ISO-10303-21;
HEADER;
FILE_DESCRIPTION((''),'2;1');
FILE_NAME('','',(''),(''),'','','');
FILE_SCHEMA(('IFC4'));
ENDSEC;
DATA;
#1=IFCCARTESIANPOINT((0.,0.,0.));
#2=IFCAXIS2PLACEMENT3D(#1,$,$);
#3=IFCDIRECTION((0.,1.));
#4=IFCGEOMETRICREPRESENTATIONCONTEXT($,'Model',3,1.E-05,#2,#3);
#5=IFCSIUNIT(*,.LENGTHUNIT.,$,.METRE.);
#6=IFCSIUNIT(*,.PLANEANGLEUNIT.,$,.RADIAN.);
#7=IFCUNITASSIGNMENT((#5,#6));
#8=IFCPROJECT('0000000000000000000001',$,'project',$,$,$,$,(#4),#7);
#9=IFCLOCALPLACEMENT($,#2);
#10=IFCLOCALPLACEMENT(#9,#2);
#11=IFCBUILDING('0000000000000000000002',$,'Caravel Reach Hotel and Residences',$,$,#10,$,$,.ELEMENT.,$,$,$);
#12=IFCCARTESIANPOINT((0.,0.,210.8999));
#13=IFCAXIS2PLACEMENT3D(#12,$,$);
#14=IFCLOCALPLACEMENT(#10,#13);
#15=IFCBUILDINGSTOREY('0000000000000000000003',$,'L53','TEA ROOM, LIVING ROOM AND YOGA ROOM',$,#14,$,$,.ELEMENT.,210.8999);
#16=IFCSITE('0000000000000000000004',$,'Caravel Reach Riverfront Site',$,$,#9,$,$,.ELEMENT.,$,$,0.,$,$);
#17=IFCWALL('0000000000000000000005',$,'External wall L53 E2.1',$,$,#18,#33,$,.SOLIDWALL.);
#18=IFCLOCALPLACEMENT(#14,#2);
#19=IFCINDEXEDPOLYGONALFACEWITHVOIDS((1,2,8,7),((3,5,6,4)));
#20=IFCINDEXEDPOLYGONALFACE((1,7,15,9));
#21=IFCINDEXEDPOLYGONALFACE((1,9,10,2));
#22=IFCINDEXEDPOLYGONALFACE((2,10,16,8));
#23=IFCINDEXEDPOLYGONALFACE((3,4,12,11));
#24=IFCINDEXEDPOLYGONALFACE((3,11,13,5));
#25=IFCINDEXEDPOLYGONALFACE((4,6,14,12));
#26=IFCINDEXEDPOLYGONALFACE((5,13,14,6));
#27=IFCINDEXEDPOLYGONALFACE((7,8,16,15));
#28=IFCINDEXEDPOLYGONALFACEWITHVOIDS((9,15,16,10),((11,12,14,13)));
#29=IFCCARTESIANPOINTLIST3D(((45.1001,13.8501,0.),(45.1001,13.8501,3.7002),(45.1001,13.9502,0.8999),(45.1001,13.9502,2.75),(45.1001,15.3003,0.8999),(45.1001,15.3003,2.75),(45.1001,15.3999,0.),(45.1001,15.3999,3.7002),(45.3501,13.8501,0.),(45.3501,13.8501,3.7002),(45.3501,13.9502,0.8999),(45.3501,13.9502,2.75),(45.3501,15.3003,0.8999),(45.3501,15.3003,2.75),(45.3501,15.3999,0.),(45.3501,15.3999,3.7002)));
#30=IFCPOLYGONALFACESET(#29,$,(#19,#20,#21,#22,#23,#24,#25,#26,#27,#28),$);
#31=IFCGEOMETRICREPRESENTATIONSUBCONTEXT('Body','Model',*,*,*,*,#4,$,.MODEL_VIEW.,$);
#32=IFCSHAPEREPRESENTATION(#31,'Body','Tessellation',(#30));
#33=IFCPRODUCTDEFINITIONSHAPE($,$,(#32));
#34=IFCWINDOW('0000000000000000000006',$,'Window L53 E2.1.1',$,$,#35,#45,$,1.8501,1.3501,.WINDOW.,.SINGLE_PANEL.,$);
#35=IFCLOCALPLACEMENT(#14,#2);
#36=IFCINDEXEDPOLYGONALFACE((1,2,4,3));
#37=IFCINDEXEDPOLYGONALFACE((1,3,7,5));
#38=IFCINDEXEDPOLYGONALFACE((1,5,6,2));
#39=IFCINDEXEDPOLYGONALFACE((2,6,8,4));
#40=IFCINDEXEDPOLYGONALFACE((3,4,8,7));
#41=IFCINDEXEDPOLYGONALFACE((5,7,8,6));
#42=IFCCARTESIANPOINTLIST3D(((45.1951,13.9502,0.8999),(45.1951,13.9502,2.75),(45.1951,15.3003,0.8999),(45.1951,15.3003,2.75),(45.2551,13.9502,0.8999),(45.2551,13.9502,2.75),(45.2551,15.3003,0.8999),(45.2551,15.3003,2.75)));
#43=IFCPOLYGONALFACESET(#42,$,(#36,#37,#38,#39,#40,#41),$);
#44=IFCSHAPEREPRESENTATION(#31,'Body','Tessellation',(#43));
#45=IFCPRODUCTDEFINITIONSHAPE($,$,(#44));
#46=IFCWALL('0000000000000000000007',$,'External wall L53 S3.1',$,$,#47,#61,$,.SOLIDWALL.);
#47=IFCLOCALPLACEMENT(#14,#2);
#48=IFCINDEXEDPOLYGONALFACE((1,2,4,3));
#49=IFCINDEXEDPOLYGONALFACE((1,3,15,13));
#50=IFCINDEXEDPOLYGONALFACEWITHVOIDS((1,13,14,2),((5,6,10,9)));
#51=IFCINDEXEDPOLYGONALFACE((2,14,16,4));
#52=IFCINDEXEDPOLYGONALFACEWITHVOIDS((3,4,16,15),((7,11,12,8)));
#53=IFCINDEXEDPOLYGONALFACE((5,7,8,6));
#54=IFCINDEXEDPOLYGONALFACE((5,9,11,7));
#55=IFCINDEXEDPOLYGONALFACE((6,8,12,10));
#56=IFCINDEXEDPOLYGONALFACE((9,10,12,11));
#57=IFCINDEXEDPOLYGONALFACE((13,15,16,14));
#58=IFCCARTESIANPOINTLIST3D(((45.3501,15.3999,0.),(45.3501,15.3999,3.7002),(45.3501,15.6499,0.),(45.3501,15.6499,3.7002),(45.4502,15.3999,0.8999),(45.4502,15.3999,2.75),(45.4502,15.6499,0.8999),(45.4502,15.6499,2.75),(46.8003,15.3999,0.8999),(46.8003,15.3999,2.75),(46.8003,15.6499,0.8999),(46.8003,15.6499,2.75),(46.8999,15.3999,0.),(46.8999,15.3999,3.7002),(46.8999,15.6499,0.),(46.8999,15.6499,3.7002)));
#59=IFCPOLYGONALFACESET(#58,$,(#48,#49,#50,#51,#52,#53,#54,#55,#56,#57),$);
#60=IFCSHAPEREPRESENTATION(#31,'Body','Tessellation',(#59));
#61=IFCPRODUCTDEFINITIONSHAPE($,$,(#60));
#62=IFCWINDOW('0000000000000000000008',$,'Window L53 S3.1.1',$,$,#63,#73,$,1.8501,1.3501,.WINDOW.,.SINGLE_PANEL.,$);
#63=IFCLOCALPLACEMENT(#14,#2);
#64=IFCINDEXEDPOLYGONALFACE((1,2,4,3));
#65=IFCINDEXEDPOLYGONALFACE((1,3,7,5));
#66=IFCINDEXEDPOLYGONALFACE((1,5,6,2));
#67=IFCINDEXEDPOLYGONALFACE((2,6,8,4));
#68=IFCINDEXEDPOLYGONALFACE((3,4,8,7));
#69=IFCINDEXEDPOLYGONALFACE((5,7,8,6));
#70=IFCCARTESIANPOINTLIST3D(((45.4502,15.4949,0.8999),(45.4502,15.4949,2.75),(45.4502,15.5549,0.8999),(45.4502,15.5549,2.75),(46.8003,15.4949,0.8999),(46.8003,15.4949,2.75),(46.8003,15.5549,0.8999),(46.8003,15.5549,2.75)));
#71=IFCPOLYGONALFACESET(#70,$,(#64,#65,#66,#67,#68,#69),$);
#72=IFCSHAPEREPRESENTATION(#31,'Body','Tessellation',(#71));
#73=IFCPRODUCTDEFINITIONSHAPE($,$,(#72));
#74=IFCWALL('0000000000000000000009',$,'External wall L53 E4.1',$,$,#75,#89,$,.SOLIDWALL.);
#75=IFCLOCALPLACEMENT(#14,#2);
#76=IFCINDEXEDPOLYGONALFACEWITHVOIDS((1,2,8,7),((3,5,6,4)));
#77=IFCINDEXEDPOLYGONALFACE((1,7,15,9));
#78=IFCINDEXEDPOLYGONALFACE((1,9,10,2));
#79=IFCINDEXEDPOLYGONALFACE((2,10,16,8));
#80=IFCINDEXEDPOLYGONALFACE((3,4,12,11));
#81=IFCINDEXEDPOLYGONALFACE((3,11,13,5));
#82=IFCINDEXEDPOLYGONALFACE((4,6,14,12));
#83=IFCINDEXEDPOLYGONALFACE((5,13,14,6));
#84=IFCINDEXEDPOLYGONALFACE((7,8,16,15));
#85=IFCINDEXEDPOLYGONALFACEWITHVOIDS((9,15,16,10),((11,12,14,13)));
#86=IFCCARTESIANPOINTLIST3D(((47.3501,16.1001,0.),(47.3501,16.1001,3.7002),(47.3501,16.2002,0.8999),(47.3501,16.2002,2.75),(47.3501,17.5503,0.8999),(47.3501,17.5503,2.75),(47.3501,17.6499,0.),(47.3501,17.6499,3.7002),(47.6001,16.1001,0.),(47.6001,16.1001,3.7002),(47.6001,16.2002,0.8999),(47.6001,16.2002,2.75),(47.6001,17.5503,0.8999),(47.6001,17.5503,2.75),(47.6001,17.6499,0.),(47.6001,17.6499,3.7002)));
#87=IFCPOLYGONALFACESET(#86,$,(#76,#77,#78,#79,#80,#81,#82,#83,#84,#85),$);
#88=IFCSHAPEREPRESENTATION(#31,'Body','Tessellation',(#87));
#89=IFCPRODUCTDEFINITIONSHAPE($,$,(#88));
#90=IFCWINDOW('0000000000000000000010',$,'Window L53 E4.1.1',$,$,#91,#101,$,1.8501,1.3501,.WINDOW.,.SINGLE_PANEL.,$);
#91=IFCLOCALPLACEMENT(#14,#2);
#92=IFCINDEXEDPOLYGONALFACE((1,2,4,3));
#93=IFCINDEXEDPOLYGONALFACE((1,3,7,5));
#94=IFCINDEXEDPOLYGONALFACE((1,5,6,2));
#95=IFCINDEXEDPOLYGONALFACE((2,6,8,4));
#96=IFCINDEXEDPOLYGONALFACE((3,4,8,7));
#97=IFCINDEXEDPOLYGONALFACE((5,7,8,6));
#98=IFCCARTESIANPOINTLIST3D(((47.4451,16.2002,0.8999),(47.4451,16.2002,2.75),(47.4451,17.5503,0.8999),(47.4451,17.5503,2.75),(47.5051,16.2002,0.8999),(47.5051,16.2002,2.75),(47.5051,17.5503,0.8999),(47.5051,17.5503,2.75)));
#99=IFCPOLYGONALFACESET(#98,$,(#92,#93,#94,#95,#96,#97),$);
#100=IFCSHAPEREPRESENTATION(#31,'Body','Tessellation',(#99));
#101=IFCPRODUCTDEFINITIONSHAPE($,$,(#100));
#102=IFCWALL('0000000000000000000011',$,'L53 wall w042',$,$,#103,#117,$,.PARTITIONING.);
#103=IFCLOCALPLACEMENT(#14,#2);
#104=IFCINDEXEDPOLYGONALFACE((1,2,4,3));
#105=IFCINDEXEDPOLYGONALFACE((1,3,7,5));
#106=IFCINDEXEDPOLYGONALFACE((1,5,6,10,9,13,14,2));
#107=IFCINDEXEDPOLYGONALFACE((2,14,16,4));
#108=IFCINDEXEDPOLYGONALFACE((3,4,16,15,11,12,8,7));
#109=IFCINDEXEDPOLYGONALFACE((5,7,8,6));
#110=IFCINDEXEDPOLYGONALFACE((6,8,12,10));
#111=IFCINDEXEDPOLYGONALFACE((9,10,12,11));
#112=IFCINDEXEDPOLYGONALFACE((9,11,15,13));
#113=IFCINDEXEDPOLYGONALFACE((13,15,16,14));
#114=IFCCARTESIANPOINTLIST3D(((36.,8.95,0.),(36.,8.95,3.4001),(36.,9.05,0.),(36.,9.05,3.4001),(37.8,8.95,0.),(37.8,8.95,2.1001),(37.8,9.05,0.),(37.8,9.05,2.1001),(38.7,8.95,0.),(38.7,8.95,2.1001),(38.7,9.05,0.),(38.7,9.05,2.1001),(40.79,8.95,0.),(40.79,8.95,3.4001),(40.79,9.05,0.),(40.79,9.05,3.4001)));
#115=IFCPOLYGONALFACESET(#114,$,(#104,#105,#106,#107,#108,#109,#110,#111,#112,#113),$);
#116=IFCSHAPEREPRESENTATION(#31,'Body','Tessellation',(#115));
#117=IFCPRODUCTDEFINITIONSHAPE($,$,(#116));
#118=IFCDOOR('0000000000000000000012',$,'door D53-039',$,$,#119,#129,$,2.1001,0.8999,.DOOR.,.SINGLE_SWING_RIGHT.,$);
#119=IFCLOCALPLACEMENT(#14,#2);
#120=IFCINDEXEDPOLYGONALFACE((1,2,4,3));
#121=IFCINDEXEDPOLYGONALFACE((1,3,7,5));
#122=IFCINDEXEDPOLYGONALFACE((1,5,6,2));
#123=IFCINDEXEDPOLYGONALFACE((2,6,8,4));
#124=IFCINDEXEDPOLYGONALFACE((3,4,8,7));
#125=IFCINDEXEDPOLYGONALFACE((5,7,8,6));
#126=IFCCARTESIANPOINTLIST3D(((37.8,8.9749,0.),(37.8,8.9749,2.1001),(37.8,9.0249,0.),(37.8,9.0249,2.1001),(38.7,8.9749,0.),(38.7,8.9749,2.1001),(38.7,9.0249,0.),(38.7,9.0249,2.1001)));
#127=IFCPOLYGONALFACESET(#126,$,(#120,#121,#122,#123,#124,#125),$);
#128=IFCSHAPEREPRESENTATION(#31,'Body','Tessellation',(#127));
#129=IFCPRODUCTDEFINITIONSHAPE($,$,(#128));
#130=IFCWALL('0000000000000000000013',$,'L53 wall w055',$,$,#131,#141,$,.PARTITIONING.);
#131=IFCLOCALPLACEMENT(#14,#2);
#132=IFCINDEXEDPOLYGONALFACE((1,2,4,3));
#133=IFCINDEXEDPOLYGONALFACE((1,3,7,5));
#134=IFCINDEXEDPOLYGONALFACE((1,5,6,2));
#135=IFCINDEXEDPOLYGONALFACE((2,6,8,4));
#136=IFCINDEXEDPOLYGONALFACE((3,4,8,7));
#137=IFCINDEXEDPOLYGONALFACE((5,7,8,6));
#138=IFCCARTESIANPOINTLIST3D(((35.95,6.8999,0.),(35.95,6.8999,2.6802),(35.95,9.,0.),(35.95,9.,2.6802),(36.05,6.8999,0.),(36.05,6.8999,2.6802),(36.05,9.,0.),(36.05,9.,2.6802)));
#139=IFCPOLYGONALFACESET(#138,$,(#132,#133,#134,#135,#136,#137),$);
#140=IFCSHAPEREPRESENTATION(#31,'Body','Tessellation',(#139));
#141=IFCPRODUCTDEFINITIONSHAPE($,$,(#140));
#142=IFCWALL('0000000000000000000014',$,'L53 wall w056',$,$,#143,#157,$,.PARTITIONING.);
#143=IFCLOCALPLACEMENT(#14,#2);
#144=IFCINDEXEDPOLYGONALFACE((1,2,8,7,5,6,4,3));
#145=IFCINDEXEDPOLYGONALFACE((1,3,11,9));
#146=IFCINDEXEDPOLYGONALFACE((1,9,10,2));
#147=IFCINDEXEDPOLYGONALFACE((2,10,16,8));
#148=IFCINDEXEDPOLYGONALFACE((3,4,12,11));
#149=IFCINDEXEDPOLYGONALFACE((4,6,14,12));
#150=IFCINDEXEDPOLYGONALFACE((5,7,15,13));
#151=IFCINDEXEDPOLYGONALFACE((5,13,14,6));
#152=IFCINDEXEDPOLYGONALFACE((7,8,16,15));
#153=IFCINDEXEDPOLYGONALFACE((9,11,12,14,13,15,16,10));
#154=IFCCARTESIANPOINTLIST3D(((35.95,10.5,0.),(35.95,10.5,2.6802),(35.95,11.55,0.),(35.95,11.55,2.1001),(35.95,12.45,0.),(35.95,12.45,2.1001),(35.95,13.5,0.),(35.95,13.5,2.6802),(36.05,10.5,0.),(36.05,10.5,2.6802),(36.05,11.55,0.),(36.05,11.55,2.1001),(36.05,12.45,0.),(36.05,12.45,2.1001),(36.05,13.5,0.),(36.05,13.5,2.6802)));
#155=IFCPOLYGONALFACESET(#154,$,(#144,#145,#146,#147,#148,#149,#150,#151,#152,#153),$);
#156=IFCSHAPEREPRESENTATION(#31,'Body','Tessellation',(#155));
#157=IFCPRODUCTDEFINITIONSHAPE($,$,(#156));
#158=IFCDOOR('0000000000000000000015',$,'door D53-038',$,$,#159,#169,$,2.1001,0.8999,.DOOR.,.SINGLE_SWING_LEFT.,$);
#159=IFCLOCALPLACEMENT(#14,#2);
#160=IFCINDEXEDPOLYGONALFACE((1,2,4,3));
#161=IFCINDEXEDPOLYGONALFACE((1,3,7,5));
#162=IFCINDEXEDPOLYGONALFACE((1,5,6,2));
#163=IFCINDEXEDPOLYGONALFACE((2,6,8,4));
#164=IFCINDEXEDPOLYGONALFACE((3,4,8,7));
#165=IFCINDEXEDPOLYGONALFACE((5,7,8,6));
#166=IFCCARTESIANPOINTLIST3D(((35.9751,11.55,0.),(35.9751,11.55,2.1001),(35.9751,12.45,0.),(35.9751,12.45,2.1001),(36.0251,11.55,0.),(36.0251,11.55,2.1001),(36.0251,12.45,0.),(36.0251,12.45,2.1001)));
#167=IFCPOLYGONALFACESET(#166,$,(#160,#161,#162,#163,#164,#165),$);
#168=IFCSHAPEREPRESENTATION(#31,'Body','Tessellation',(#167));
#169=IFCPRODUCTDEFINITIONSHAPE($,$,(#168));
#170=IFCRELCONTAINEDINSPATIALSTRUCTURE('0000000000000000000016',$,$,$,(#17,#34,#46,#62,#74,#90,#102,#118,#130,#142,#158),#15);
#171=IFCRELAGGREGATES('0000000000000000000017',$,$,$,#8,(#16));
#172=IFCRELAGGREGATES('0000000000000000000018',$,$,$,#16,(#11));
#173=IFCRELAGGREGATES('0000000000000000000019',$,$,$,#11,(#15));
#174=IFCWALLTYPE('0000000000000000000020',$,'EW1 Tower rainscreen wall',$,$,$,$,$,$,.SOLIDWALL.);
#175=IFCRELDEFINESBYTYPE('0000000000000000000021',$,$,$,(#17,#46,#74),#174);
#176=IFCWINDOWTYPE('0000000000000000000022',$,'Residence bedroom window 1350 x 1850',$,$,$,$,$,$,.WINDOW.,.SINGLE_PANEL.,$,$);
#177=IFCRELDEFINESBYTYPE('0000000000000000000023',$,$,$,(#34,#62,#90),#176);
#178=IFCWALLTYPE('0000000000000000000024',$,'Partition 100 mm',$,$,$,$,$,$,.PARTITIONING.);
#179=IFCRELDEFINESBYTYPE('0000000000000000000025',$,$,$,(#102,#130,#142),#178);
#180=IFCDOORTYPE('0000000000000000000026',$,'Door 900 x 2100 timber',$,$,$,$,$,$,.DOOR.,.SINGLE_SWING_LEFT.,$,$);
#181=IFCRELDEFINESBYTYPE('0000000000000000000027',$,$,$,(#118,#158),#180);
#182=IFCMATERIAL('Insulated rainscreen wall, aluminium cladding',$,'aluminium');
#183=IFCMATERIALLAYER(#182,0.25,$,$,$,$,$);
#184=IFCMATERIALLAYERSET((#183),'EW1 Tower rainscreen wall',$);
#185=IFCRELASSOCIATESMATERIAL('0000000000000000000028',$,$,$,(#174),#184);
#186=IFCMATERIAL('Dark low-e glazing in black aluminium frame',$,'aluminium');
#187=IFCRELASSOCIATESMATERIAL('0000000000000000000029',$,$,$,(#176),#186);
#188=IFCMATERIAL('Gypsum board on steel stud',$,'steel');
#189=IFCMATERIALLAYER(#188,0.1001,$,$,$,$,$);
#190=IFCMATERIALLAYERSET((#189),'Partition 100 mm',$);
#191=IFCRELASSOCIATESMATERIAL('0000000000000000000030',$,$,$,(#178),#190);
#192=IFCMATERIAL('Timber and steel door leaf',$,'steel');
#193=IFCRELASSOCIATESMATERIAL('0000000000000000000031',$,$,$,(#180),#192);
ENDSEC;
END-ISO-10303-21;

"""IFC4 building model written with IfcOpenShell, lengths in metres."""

from ifc_helpers import new_model, si_unit, direction, frame, frame_2d, origin, place, context, subcontext, project, spatial, rectangle, extrude, material, layer, layer_set, type_object, element, fill, save


model = new_model("IFC4")

# Units and contexts
model_context = context("Model", 3, precision=1e-05, world=origin(), true_north=direction((0.0, 1.0)))
body_context = subcontext(model_context, "Body", "Model", "MODEL_VIEW")
ifc_project = project(units=[si_unit("LENGTHUNIT", "METRE"), si_unit("PLANEANGLEUNIT", "RADIAN")], contexts=[model_context])

# Site, building, storey
site_placement = place(None, origin())
site = spatial("IfcSite", under=ifc_project, at=site_placement, Name="Caravel Reach Riverfront Site", CompositionType="ELEMENT", RefElevation=0.0)
building_placement = place(site_placement, origin())
building = spatial("IfcBuilding", under=site, at=building_placement, Name="Caravel Reach Hotel and Residences", CompositionType="ELEMENT")
storey_placement = place(building_placement, frame((0.0, 0.0, 210.8999)))
storey = spatial("IfcBuildingStorey", under=building, at=storey_placement, Name="L53", Description="TEA ROOM, LIVING ROOM AND YOGA ROOM", CompositionType="ELEMENT", Elevation=210.8999)

# Walls, openings, windows
ifc_material_1 = material(Name="Insulated rainscreen wall, aluminium cladding", Category="aluminium")
ifc_layer_1 = layer(ifc_material_1, 0.25)
ifc_layer_set_1 = layer_set([ifc_layer_1], Name="EW1 Tower rainscreen wall")
wall_type_1 = type_object("IfcWallType", Name="EW1 Tower rainscreen wall", PredefinedType="SOLIDWALL", material=ifc_layer_set_1)
wall_1_placement = place(storey_placement, frame((45.2251, 13.8501, 0.0), z_axis=(0.0, 0.0, 1.0), x_axis=(0.0, 1.0, 0.0)))
wall_1 = element("IfcWall", 1, at=wall_1_placement, inside=storey, type_object=wall_type_1, Name="External wall L53 E2.1", PredefinedType="SOLIDWALL", context=body_context, shape_type="SweptSolid", body=[
    extrude(rectangle(XDim=1.5498, YDim=0.25, at=frame_2d((0.7749, 0.0))), origin(), (0.0, 0.0, 1.0), 3.7002),
])
opening_1_placement = place(wall_1_placement, frame((0.1001, 0.0, 0.8999)))
opening_1 = element("IfcOpeningElement", 2, at=opening_1_placement, cuts=wall_1, PredefinedType="OPENING", context=body_context, shape_type="SweptSolid", body=[
    extrude(rectangle(XDim=1.3501, YDim=1.8501, at=frame_2d((0.675, 0.925))), frame((0.0, 0.135, 0.0), z_axis=(0.0, -1.0, 0.0), x_axis=(1.0, 0.0, 0.0)), (0.0, 0.0, 1.0), 0.27),
])
ifc_material_2 = material(Name="Dark low-e glazing in black aluminium frame", Category="aluminium")
window_type_1 = type_object("IfcWindowType", Name="Residence bedroom window 1350 x 1850", PartitioningType="SINGLE_PANEL", PredefinedType="WINDOW", material=ifc_material_2)
window_1_placement = place(opening_1_placement, origin())
window_1 = element("IfcWindow", 3, at=window_1_placement, inside=storey, type_object=window_type_1, Name="Window L53 E2.1.1", OverallHeight=1.8501, OverallWidth=1.3501, PartitioningType="SINGLE_PANEL", PredefinedType="WINDOW", context=body_context, shape_type="SweptSolid", body=[
    extrude(rectangle(XDim=1.3501, YDim=1.8501, at=frame_2d((0.675, 0.925))), frame((0.0, 0.03, 0.0), z_axis=(0.0, -1.0, 0.0), x_axis=(1.0, 0.0, 0.0)), (0.0, 0.0, 1.0), 0.0601),
])
fill(opening_1, window_1)
wall_2_placement = place(storey_placement, frame((45.3501, 15.5249, 0.0), z_axis=(0.0, 0.0, 1.0), x_axis=(1.0, 0.0, 0.0)))
wall_2 = element("IfcWall", 4, at=wall_2_placement, inside=storey, type_object=wall_type_1, Name="External wall L53 S3.1", PredefinedType="SOLIDWALL", context=body_context, shape_type="SweptSolid", body=[
    extrude(rectangle(XDim=1.5498, YDim=0.25, at=frame_2d((0.7749, 0.0))), origin(), (0.0, 0.0, 1.0), 3.7002),
])
opening_2_placement = place(wall_2_placement, frame((0.1001, 0.0, 0.8999)))
opening_2 = element("IfcOpeningElement", 5, at=opening_2_placement, cuts=wall_2, PredefinedType="OPENING", context=body_context, shape_type="SweptSolid", body=[
    extrude(rectangle(XDim=1.3501, YDim=1.8501, at=frame_2d((0.675, 0.925))), frame((0.0, 0.135, 0.0), z_axis=(0.0, -1.0, 0.0), x_axis=(1.0, 0.0, 0.0)), (0.0, 0.0, 1.0), 0.27),
])
window_2_placement = place(opening_2_placement, origin())
window_2 = element("IfcWindow", 6, at=window_2_placement, inside=storey, type_object=window_type_1, Name="Window L53 S3.1.1", OverallHeight=1.8501, OverallWidth=1.3501, PartitioningType="SINGLE_PANEL", PredefinedType="WINDOW", context=body_context, shape_type="SweptSolid", body=[
    extrude(rectangle(XDim=1.3501, YDim=1.8501, at=frame_2d((0.675, 0.925))), frame((0.0, 0.03, 0.0), z_axis=(0.0, -1.0, 0.0), x_axis=(1.0, 0.0, 0.0)), (0.0, 0.0, 1.0), 0.0601),
])
fill(opening_2, window_2)
wall_3_placement = place(storey_placement, frame((47.4751, 16.1001, 0.0), z_axis=(0.0, 0.0, 1.0), x_axis=(0.0, 1.0, 0.0)))
wall_3 = element("IfcWall", 7, at=wall_3_placement, inside=storey, type_object=wall_type_1, Name="External wall L53 E4.1", PredefinedType="SOLIDWALL", context=body_context, shape_type="SweptSolid", body=[
    extrude(rectangle(XDim=1.5498, YDim=0.25, at=frame_2d((0.7749, 0.0))), origin(), (0.0, 0.0, 1.0), 3.7002),
])
opening_3_placement = place(wall_3_placement, frame((0.1001, 0.0, 0.8999)))
opening_3 = element("IfcOpeningElement", 8, at=opening_3_placement, cuts=wall_3, PredefinedType="OPENING", context=body_context, shape_type="SweptSolid", body=[
    extrude(rectangle(XDim=1.3501, YDim=1.8501, at=frame_2d((0.675, 0.925))), frame((0.0, 0.135, 0.0), z_axis=(0.0, -1.0, 0.0), x_axis=(1.0, 0.0, 0.0)), (0.0, 0.0, 1.0), 0.27),
])
window_3_placement = place(opening_3_placement, origin())
window_3 = element("IfcWindow", 9, at=window_3_placement, inside=storey, type_object=window_type_1, Name="Window L53 E4.1.1", OverallHeight=1.8501, OverallWidth=1.3501, PartitioningType="SINGLE_PANEL", PredefinedType="WINDOW", context=body_context, shape_type="SweptSolid", body=[
    extrude(rectangle(XDim=1.3501, YDim=1.8501, at=frame_2d((0.675, 0.925))), frame((0.0, 0.03, 0.0), z_axis=(0.0, -1.0, 0.0), x_axis=(1.0, 0.0, 0.0)), (0.0, 0.0, 1.0), 0.0601),
])
fill(opening_3, window_3)

# Wall, opening, door
ifc_material_3 = material(Name="Gypsum board on steel stud", Category="steel")
ifc_layer_2 = layer(ifc_material_3, 0.1001)
ifc_layer_set_2 = layer_set([ifc_layer_2], Name="Partition 100 mm")
wall_type_2 = type_object("IfcWallType", Name="Partition 100 mm", PredefinedType="PARTITIONING", material=ifc_layer_set_2)
wall_4_placement = place(storey_placement, frame((36.0, 9.0, 0.0), z_axis=(0.0, 0.0, 1.0), x_axis=(1.0, 0.0, 0.0)))
wall_4 = element("IfcWall", 10, at=wall_4_placement, inside=storey, type_object=wall_type_2, Name="L53 wall w042", PredefinedType="PARTITIONING", context=body_context, shape_type="SweptSolid", body=[
    extrude(rectangle(XDim=4.79, YDim=0.1001, at=frame_2d((2.395, 0.0))), origin(), (0.0, 0.0, 1.0), 3.4001),
])
opening_4_placement = place(wall_4_placement, frame((1.8, 0.0, 0.0)))
opening_4 = element("IfcOpeningElement", 11, at=opening_4_placement, cuts=wall_4, PredefinedType="OPENING", context=body_context, shape_type="SweptSolid", body=[
    extrude(rectangle(XDim=0.8999, YDim=2.1001, at=frame_2d((0.45, 1.05))), frame((0.0, 0.0601, 0.0), z_axis=(0.0, -1.0, 0.0), x_axis=(1.0, 0.0, 0.0)), (0.0, 0.0, 1.0), 0.1201),
])
ifc_material_4 = material(Name="Timber and steel door leaf", Category="steel")
door_type = type_object("IfcDoorType", Name="Door 900 x 2100 timber", OperationType="SINGLE_SWING_LEFT", PredefinedType="DOOR", material=ifc_material_4)
door_1_placement = place(opening_4_placement, origin())
door_1 = element("IfcDoor", 12, at=door_1_placement, inside=storey, type_object=door_type, Name="door D53-039", OperationType="SINGLE_SWING_RIGHT", OverallHeight=2.1001, OverallWidth=0.8999, PredefinedType="DOOR", context=body_context, shape_type="SweptSolid", body=[
    extrude(rectangle(XDim=0.8999, YDim=2.1001, at=frame_2d((0.45, 1.05))), frame((0.0, 0.0249, 0.0), z_axis=(0.0, -1.0, 0.0), x_axis=(1.0, 0.0, 0.0)), (0.0, 0.0, 1.0), 0.05),
])
fill(opening_4, door_1)

# Wall
wall_5_placement = place(storey_placement, frame((36.0, 6.8999, 0.0), z_axis=(0.0, 0.0, 1.0), x_axis=(0.0, 1.0, 0.0)))
element("IfcWall", 13, at=wall_5_placement, inside=storey, type_object=wall_type_2, Name="L53 wall w055", PredefinedType="PARTITIONING", context=body_context, shape_type="SweptSolid", body=[
    extrude(rectangle(XDim=2.1001, YDim=0.1001, at=frame_2d((1.05, 0.0))), origin(), (0.0, 0.0, 1.0), 2.6802),
])

# Wall, opening, door
wall_6_placement = place(storey_placement, frame((36.0, 10.5, 0.0), z_axis=(0.0, 0.0, 1.0), x_axis=(0.0, 1.0, 0.0)))
wall_6 = element("IfcWall", 14, at=wall_6_placement, inside=storey, type_object=wall_type_2, Name="L53 wall w056", PredefinedType="PARTITIONING", context=body_context, shape_type="SweptSolid", body=[
    extrude(rectangle(XDim=3.0, YDim=0.1001, at=frame_2d((1.5, 0.0))), origin(), (0.0, 0.0, 1.0), 2.6802),
])
opening_5_placement = place(wall_6_placement, frame((1.05, 0.0, 0.0)))
opening_5 = element("IfcOpeningElement", 15, at=opening_5_placement, cuts=wall_6, PredefinedType="OPENING", context=body_context, shape_type="SweptSolid", body=[
    extrude(rectangle(XDim=0.8999, YDim=2.1001, at=frame_2d((0.45, 1.05))), frame((0.0, 0.0601, 0.0), z_axis=(0.0, -1.0, 0.0), x_axis=(1.0, 0.0, 0.0)), (0.0, 0.0, 1.0), 0.1201),
])
door_2_placement = place(opening_5_placement, origin())
door_2 = element("IfcDoor", 16, at=door_2_placement, inside=storey, type_object=door_type, Name="door D53-038", OperationType="SINGLE_SWING_LEFT", OverallHeight=2.1001, OverallWidth=0.8999, PredefinedType="DOOR", context=body_context, shape_type="SweptSolid", body=[
    extrude(rectangle(XDim=0.8999, YDim=2.1001, at=frame_2d((0.45, 1.05))), frame((0.0, 0.0249, 0.0), z_axis=(0.0, -1.0, 0.0), x_axis=(1.0, 0.0, 0.0)), (0.0, 0.0, 1.0), 0.05),
])
fill(opening_5, door_2)

save(model, "model.ifc")
